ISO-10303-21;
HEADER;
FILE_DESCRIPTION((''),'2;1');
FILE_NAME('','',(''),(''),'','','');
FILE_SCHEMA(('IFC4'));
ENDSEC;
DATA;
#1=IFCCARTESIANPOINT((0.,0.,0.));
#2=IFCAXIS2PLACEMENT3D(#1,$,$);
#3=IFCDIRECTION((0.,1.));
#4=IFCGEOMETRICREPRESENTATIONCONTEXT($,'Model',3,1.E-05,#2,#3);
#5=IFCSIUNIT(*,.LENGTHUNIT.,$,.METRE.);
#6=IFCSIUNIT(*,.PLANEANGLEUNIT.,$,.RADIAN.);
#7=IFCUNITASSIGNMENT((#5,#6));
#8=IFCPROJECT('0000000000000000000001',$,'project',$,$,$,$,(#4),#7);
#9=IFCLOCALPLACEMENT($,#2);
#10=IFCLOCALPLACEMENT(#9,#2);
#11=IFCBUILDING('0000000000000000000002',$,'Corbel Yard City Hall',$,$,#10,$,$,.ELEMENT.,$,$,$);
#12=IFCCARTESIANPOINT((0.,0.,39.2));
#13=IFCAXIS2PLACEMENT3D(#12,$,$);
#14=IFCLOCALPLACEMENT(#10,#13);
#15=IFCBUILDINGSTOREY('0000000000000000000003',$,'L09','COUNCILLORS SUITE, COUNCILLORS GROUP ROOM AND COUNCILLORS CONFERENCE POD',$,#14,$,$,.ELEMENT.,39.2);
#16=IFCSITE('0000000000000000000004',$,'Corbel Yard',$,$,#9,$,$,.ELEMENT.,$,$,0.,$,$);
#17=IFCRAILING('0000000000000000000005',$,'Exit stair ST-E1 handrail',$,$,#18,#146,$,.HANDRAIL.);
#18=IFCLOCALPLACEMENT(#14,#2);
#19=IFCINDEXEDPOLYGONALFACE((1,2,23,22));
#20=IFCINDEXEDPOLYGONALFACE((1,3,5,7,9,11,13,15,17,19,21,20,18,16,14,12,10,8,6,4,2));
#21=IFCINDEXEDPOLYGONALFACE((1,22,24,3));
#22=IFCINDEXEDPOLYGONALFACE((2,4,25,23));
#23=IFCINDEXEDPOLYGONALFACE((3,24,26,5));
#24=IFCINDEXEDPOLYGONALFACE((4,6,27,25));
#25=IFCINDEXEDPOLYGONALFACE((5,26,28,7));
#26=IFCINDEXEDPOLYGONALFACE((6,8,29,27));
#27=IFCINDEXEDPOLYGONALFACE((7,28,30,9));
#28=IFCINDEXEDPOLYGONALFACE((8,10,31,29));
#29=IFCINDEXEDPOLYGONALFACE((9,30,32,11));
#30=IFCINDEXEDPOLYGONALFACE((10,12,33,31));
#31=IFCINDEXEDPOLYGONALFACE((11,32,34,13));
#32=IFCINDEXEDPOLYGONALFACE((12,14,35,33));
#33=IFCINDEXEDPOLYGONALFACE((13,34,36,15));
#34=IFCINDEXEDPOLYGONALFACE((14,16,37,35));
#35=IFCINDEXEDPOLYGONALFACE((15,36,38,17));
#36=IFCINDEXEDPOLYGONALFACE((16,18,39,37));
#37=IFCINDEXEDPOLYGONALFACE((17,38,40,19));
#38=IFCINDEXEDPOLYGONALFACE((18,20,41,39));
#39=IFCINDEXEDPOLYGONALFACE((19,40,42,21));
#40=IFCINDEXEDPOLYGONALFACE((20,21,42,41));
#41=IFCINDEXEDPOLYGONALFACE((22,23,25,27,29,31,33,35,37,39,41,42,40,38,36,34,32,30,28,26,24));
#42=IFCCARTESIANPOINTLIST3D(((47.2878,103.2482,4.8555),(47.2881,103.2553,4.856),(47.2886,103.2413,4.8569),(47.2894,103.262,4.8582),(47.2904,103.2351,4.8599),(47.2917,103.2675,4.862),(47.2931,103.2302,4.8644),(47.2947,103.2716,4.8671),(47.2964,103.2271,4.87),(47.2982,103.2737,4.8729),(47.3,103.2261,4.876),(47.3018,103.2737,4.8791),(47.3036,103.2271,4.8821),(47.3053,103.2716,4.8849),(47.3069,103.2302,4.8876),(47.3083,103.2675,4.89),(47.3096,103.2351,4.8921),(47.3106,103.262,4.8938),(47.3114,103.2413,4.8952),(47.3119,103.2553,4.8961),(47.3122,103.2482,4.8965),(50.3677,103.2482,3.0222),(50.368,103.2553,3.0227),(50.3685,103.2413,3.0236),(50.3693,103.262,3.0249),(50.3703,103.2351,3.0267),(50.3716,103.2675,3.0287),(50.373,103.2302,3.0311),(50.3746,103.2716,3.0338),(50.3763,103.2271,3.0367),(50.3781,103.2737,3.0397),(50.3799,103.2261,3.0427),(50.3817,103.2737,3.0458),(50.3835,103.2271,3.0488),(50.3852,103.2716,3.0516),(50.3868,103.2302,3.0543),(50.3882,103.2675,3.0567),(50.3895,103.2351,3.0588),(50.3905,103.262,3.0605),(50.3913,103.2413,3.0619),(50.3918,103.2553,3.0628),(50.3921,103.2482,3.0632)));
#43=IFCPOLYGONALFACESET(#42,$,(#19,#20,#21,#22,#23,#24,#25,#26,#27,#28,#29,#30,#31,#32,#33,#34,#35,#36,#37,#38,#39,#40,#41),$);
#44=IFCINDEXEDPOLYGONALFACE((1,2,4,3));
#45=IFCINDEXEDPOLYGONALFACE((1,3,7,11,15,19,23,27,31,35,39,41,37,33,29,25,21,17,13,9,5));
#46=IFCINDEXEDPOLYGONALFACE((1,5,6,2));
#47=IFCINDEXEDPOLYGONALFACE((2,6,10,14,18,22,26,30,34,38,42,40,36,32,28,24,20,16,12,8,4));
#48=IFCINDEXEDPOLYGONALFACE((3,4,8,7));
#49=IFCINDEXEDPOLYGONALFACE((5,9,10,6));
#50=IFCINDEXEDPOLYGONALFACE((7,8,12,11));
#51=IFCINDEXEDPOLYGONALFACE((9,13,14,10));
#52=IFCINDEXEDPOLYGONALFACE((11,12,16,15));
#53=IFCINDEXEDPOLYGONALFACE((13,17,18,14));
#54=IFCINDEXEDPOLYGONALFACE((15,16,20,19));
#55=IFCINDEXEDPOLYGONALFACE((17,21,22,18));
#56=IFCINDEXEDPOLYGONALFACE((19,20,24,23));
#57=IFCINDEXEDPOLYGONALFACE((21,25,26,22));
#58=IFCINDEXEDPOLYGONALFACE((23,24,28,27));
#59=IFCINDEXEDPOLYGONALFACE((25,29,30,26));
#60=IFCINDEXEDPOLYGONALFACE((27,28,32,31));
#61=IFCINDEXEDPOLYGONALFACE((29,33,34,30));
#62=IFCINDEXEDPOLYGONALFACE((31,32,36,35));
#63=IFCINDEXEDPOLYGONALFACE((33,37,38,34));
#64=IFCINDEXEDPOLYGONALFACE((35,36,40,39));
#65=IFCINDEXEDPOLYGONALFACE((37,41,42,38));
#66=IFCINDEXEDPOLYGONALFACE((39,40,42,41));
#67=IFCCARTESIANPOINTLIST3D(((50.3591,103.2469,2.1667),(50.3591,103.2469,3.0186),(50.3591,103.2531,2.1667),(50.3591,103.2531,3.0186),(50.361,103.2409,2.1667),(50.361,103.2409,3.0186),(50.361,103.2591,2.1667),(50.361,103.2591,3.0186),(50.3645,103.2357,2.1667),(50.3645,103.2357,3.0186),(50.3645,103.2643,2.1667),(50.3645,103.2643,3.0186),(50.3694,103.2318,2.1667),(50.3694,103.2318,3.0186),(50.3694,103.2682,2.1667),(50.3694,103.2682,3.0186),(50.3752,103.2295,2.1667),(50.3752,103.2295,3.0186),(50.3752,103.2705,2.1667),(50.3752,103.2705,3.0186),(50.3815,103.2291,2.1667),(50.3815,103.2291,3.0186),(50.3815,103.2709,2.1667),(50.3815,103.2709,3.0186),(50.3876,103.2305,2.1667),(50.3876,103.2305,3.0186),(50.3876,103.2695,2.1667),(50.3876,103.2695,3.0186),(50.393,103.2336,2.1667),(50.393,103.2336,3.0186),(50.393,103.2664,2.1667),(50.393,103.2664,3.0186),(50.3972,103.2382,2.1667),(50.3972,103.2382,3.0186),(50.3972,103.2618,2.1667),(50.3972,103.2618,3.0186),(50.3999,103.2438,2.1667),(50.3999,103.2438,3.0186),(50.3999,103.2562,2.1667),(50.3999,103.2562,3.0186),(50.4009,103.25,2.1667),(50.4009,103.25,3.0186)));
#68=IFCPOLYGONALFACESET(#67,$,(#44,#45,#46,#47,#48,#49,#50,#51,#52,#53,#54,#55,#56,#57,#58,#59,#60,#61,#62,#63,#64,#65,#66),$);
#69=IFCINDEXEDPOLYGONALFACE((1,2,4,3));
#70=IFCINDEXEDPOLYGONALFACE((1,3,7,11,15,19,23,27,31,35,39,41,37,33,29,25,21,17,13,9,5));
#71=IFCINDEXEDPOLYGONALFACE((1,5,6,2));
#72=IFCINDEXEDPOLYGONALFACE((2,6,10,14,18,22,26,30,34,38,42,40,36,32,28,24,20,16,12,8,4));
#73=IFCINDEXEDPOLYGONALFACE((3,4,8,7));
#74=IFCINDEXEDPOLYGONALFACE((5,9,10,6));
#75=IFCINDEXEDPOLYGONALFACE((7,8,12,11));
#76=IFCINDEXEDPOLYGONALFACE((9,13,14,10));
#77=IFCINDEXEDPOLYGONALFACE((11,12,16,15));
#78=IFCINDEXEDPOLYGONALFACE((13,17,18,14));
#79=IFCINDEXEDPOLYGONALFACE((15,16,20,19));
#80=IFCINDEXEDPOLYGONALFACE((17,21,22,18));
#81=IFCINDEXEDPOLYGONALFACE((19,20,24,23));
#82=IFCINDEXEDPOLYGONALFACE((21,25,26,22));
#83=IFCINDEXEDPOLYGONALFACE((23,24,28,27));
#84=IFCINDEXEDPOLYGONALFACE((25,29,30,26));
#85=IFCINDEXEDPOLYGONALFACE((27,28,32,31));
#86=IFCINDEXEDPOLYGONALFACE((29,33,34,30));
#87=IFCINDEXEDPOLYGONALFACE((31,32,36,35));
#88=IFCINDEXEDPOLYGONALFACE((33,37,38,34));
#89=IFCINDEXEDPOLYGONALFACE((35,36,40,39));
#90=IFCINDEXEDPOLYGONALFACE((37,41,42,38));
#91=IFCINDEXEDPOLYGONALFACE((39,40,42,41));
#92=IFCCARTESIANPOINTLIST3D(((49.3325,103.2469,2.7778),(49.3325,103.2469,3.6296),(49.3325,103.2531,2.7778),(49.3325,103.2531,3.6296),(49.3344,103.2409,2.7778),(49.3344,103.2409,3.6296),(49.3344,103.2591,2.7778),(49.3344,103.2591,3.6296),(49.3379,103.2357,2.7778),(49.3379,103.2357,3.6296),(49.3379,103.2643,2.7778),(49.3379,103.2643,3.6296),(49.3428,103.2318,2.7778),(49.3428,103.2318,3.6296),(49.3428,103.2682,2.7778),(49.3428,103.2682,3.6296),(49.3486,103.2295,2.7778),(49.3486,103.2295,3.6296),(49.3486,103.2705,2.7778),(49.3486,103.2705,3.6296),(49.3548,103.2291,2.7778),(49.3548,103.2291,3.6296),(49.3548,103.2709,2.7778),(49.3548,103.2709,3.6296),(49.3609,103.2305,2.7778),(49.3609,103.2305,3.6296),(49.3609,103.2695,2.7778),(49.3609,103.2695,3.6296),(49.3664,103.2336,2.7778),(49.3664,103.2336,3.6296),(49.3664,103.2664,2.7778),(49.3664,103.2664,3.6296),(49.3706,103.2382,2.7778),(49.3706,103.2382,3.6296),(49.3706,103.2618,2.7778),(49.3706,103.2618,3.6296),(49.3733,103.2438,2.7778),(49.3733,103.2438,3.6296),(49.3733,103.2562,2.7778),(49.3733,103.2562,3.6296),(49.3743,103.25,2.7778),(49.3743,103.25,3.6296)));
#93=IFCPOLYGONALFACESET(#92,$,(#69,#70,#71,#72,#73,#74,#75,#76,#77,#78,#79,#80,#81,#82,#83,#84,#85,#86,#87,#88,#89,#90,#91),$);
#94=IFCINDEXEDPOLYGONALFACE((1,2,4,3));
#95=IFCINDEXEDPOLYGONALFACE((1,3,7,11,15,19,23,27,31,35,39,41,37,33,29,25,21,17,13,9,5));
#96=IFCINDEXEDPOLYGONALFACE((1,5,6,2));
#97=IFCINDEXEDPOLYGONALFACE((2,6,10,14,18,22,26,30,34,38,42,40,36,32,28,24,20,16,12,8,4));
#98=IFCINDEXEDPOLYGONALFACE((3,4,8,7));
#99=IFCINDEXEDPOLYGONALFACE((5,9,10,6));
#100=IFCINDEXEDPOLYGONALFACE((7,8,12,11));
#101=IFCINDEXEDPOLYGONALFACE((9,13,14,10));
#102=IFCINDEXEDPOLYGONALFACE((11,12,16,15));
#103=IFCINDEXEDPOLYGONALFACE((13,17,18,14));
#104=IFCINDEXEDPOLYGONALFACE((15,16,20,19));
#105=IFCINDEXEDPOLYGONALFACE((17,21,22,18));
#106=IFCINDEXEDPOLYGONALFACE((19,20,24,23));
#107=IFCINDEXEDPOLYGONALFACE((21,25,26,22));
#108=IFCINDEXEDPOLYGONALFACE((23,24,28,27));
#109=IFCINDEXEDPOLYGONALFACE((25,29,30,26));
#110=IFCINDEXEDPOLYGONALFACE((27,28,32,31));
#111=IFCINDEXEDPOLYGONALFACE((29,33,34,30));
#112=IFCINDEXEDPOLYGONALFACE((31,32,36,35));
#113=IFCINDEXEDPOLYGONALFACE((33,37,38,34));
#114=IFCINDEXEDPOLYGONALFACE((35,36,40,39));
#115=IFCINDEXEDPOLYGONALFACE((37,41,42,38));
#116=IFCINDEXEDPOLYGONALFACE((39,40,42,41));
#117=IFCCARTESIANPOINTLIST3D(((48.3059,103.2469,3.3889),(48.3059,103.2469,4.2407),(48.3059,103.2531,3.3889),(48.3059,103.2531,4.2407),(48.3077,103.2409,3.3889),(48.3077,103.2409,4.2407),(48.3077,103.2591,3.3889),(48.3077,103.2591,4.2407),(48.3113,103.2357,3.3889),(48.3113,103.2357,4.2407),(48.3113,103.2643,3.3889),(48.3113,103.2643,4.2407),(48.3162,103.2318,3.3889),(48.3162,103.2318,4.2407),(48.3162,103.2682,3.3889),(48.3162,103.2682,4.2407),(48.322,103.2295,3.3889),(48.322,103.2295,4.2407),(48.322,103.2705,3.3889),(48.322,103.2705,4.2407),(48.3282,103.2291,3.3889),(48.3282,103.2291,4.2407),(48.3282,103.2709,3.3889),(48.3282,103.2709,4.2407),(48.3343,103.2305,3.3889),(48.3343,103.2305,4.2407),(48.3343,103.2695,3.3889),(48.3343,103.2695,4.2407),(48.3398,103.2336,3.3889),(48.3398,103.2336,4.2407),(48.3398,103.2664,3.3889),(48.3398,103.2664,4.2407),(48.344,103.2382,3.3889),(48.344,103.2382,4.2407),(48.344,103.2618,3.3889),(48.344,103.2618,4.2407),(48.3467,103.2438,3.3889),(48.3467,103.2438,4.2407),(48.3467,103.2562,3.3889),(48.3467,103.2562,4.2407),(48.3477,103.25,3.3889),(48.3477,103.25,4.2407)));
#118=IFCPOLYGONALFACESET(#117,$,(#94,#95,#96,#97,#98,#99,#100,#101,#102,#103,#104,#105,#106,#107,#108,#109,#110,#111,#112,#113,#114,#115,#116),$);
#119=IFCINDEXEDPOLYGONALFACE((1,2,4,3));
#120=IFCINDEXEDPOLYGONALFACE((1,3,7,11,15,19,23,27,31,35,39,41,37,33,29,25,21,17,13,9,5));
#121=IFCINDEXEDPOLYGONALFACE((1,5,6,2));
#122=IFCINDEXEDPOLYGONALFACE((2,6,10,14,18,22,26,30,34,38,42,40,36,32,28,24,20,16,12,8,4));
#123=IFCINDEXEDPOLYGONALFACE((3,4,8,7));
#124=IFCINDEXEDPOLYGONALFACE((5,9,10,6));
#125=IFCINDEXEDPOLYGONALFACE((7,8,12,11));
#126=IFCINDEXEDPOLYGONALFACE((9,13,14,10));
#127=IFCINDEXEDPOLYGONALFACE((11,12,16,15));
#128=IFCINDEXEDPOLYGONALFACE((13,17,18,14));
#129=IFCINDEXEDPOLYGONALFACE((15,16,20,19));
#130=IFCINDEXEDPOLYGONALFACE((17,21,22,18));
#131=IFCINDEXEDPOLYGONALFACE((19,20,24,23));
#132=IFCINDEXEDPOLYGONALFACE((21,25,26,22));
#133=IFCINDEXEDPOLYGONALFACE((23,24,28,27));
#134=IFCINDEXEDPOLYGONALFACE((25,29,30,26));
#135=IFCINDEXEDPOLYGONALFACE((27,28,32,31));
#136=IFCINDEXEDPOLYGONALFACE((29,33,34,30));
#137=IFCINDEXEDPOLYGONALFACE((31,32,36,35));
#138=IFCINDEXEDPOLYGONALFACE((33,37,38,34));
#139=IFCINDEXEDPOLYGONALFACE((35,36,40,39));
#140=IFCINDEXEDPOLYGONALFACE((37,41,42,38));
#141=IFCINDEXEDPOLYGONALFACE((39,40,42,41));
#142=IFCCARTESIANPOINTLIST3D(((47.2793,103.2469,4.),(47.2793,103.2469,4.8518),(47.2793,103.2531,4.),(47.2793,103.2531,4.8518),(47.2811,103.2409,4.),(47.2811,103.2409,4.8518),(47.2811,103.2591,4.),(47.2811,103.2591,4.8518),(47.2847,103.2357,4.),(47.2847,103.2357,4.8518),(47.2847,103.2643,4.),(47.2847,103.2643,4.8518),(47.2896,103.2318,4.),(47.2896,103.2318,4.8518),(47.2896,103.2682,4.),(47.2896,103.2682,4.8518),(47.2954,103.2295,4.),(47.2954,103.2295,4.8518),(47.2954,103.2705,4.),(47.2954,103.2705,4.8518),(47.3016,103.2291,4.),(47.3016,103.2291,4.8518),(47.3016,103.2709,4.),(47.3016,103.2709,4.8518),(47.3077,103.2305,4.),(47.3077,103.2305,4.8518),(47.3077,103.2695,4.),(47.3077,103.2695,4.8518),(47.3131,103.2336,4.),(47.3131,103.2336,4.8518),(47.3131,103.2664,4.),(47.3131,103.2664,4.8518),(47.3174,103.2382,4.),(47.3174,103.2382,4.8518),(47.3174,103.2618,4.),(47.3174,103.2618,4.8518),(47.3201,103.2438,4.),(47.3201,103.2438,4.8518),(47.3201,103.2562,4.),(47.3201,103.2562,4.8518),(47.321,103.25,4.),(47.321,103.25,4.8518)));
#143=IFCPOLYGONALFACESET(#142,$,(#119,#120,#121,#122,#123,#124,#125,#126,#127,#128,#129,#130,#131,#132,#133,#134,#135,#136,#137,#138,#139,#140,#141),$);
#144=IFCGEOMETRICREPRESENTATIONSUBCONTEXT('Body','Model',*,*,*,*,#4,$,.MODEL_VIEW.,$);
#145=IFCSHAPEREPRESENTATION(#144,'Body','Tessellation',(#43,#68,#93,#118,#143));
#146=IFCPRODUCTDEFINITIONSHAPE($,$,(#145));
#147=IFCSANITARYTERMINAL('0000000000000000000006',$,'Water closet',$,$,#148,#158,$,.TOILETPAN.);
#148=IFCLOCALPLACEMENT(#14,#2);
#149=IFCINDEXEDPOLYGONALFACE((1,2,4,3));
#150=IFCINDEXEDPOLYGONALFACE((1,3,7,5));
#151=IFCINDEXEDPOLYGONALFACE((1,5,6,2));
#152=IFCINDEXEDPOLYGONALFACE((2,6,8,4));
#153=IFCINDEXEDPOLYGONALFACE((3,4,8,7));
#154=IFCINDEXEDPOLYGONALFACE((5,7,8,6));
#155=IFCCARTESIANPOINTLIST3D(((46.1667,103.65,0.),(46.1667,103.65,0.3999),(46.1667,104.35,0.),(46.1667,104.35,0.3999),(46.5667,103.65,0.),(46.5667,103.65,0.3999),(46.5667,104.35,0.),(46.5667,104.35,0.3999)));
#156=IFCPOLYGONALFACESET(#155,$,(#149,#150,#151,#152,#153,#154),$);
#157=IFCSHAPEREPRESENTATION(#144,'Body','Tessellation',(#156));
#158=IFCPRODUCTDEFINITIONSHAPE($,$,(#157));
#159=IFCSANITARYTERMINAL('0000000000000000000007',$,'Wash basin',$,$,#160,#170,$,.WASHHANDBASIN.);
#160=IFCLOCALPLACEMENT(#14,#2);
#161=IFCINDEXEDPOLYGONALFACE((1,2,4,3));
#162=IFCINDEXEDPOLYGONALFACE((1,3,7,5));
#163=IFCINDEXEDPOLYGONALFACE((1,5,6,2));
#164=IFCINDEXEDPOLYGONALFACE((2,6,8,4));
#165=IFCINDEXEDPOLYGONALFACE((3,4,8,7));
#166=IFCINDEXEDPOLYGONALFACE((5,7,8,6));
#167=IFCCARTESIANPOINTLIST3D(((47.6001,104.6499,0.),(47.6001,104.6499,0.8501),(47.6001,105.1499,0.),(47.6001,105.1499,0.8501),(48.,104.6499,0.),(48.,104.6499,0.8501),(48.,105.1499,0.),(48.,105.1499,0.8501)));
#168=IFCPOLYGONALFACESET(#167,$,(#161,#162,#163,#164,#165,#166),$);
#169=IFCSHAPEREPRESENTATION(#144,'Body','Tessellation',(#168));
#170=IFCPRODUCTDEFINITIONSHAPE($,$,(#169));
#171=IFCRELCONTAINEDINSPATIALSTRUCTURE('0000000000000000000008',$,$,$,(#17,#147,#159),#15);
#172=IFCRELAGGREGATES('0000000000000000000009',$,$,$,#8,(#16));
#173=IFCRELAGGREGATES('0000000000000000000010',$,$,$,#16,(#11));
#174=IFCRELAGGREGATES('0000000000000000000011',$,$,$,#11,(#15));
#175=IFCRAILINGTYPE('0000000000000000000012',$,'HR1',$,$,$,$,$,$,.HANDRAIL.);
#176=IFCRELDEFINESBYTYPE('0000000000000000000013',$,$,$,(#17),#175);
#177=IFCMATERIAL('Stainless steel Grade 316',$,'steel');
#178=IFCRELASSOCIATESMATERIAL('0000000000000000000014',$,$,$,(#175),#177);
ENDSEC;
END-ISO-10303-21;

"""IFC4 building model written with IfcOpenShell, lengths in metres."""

from ifc_helpers import new_model, si_unit, direction, frame, origin, origin_2d, place, context, subcontext, project, spatial, rectangle, circle, extrude, material, type_object, element, save


model = new_model("IFC4")

# Units and contexts
model_context = context("Model", 3, precision=1e-05, world=origin(), true_north=direction((0.0, 1.0)))
body_context = subcontext(model_context, "Body", "Model", "MODEL_VIEW")
ifc_project = project(units=[si_unit("LENGTHUNIT", "METRE"), si_unit("PLANEANGLEUNIT", "RADIAN")], contexts=[model_context])

# Site, building, storey
site_placement = place(None, origin())
site = spatial("IfcSite", under=ifc_project, at=site_placement, Name="Corbel Yard", CompositionType="ELEMENT", RefElevation=0.0)
building_placement = place(site_placement, origin())
building = spatial("IfcBuilding", under=site, at=building_placement, Name="Corbel Yard City Hall", CompositionType="ELEMENT")
storey_placement = place(building_placement, frame((0.0, 0.0, 39.2)))
storey = spatial("IfcBuildingStorey", under=building, at=storey_placement, Name="L09", Description="COUNCILLORS SUITE, COUNCILLORS GROUP ROOM AND COUNCILLORS CONFERENCE POD", CompositionType="ELEMENT", Elevation=39.2)

# Shared definitions
ifc_material_1 = material(Name="Stainless steel Grade 316", Category="steel")

# Railing
railing_type = type_object("IfcRailingType", Name="HR1", PredefinedType="HANDRAIL", material=ifc_material_1)
for number, where, name in (
    (1, (50.3799, 103.25, 2.1667), "Exit stair ST-E1 handrail"),
):
    element("IfcRailing", number, at=place(storey_placement, frame(where)), inside=storey, type_object=railing_type, Name=name, PredefinedType="HANDRAIL", context=body_context, shape_type="SweptSolid", body=[
        extrude(circle(Radius=0.0239, at=origin_2d()), frame((0.0, 0.0, 0.876), z_axis=(-0.859291, 0.0, 0.511487), x_axis=(0.0, -1.0, 0.0)), (0.0, 0.0, 1.0), 3.5842),
        extrude(circle(Radius=0.021, at=origin_2d()), origin(), (0.0, 0.0, 1.0), 0.8518),
        extrude(circle(Radius=0.021, at=origin_2d()), frame((-1.0266, 0.0, 0.6111)), (0.0, 0.0, 1.0), 0.8518),
        extrude(circle(Radius=0.021, at=origin_2d()), frame((-2.0532, 0.0, 1.2222)), (0.0, 0.0, 1.0), 0.8518),
        extrude(circle(Radius=0.021, at=origin_2d()), frame((-3.0798, 0.0, 1.8333)), (0.0, 0.0, 1.0), 0.8518),
    ])

# Sanitary terminals
sanitary_terminal_1_placement = place(storey_placement, frame((46.3667, 104.0, 0.0), z_axis=(0.0, 0.0, 1.0), x_axis=(1.0, 0.0, 0.0)))
element("IfcSanitaryTerminal", 2, at=sanitary_terminal_1_placement, inside=storey, Name="Water closet", PredefinedType="TOILETPAN", context=body_context, shape_type="SweptSolid", body=[
    extrude(rectangle(XDim=0.3999, YDim=0.7, at=origin_2d()), origin(), (0.0, 0.0, 1.0), 0.3999),
])
sanitary_terminal_2_placement = place(storey_placement, frame((47.8, 104.8999, 0.0), z_axis=(0.0, 0.0, 1.0), x_axis=(1.0, 0.0, 0.0)))
element("IfcSanitaryTerminal", 3, at=sanitary_terminal_2_placement, inside=storey, Name="Wash basin", PredefinedType="WASHHANDBASIN", context=body_context, shape_type="SweptSolid", body=[
    extrude(rectangle(XDim=0.3999, YDim=0.5, at=origin_2d()), origin(), (0.0, 0.0, 1.0), 0.8501),
])

save(model, "model.ifc")
